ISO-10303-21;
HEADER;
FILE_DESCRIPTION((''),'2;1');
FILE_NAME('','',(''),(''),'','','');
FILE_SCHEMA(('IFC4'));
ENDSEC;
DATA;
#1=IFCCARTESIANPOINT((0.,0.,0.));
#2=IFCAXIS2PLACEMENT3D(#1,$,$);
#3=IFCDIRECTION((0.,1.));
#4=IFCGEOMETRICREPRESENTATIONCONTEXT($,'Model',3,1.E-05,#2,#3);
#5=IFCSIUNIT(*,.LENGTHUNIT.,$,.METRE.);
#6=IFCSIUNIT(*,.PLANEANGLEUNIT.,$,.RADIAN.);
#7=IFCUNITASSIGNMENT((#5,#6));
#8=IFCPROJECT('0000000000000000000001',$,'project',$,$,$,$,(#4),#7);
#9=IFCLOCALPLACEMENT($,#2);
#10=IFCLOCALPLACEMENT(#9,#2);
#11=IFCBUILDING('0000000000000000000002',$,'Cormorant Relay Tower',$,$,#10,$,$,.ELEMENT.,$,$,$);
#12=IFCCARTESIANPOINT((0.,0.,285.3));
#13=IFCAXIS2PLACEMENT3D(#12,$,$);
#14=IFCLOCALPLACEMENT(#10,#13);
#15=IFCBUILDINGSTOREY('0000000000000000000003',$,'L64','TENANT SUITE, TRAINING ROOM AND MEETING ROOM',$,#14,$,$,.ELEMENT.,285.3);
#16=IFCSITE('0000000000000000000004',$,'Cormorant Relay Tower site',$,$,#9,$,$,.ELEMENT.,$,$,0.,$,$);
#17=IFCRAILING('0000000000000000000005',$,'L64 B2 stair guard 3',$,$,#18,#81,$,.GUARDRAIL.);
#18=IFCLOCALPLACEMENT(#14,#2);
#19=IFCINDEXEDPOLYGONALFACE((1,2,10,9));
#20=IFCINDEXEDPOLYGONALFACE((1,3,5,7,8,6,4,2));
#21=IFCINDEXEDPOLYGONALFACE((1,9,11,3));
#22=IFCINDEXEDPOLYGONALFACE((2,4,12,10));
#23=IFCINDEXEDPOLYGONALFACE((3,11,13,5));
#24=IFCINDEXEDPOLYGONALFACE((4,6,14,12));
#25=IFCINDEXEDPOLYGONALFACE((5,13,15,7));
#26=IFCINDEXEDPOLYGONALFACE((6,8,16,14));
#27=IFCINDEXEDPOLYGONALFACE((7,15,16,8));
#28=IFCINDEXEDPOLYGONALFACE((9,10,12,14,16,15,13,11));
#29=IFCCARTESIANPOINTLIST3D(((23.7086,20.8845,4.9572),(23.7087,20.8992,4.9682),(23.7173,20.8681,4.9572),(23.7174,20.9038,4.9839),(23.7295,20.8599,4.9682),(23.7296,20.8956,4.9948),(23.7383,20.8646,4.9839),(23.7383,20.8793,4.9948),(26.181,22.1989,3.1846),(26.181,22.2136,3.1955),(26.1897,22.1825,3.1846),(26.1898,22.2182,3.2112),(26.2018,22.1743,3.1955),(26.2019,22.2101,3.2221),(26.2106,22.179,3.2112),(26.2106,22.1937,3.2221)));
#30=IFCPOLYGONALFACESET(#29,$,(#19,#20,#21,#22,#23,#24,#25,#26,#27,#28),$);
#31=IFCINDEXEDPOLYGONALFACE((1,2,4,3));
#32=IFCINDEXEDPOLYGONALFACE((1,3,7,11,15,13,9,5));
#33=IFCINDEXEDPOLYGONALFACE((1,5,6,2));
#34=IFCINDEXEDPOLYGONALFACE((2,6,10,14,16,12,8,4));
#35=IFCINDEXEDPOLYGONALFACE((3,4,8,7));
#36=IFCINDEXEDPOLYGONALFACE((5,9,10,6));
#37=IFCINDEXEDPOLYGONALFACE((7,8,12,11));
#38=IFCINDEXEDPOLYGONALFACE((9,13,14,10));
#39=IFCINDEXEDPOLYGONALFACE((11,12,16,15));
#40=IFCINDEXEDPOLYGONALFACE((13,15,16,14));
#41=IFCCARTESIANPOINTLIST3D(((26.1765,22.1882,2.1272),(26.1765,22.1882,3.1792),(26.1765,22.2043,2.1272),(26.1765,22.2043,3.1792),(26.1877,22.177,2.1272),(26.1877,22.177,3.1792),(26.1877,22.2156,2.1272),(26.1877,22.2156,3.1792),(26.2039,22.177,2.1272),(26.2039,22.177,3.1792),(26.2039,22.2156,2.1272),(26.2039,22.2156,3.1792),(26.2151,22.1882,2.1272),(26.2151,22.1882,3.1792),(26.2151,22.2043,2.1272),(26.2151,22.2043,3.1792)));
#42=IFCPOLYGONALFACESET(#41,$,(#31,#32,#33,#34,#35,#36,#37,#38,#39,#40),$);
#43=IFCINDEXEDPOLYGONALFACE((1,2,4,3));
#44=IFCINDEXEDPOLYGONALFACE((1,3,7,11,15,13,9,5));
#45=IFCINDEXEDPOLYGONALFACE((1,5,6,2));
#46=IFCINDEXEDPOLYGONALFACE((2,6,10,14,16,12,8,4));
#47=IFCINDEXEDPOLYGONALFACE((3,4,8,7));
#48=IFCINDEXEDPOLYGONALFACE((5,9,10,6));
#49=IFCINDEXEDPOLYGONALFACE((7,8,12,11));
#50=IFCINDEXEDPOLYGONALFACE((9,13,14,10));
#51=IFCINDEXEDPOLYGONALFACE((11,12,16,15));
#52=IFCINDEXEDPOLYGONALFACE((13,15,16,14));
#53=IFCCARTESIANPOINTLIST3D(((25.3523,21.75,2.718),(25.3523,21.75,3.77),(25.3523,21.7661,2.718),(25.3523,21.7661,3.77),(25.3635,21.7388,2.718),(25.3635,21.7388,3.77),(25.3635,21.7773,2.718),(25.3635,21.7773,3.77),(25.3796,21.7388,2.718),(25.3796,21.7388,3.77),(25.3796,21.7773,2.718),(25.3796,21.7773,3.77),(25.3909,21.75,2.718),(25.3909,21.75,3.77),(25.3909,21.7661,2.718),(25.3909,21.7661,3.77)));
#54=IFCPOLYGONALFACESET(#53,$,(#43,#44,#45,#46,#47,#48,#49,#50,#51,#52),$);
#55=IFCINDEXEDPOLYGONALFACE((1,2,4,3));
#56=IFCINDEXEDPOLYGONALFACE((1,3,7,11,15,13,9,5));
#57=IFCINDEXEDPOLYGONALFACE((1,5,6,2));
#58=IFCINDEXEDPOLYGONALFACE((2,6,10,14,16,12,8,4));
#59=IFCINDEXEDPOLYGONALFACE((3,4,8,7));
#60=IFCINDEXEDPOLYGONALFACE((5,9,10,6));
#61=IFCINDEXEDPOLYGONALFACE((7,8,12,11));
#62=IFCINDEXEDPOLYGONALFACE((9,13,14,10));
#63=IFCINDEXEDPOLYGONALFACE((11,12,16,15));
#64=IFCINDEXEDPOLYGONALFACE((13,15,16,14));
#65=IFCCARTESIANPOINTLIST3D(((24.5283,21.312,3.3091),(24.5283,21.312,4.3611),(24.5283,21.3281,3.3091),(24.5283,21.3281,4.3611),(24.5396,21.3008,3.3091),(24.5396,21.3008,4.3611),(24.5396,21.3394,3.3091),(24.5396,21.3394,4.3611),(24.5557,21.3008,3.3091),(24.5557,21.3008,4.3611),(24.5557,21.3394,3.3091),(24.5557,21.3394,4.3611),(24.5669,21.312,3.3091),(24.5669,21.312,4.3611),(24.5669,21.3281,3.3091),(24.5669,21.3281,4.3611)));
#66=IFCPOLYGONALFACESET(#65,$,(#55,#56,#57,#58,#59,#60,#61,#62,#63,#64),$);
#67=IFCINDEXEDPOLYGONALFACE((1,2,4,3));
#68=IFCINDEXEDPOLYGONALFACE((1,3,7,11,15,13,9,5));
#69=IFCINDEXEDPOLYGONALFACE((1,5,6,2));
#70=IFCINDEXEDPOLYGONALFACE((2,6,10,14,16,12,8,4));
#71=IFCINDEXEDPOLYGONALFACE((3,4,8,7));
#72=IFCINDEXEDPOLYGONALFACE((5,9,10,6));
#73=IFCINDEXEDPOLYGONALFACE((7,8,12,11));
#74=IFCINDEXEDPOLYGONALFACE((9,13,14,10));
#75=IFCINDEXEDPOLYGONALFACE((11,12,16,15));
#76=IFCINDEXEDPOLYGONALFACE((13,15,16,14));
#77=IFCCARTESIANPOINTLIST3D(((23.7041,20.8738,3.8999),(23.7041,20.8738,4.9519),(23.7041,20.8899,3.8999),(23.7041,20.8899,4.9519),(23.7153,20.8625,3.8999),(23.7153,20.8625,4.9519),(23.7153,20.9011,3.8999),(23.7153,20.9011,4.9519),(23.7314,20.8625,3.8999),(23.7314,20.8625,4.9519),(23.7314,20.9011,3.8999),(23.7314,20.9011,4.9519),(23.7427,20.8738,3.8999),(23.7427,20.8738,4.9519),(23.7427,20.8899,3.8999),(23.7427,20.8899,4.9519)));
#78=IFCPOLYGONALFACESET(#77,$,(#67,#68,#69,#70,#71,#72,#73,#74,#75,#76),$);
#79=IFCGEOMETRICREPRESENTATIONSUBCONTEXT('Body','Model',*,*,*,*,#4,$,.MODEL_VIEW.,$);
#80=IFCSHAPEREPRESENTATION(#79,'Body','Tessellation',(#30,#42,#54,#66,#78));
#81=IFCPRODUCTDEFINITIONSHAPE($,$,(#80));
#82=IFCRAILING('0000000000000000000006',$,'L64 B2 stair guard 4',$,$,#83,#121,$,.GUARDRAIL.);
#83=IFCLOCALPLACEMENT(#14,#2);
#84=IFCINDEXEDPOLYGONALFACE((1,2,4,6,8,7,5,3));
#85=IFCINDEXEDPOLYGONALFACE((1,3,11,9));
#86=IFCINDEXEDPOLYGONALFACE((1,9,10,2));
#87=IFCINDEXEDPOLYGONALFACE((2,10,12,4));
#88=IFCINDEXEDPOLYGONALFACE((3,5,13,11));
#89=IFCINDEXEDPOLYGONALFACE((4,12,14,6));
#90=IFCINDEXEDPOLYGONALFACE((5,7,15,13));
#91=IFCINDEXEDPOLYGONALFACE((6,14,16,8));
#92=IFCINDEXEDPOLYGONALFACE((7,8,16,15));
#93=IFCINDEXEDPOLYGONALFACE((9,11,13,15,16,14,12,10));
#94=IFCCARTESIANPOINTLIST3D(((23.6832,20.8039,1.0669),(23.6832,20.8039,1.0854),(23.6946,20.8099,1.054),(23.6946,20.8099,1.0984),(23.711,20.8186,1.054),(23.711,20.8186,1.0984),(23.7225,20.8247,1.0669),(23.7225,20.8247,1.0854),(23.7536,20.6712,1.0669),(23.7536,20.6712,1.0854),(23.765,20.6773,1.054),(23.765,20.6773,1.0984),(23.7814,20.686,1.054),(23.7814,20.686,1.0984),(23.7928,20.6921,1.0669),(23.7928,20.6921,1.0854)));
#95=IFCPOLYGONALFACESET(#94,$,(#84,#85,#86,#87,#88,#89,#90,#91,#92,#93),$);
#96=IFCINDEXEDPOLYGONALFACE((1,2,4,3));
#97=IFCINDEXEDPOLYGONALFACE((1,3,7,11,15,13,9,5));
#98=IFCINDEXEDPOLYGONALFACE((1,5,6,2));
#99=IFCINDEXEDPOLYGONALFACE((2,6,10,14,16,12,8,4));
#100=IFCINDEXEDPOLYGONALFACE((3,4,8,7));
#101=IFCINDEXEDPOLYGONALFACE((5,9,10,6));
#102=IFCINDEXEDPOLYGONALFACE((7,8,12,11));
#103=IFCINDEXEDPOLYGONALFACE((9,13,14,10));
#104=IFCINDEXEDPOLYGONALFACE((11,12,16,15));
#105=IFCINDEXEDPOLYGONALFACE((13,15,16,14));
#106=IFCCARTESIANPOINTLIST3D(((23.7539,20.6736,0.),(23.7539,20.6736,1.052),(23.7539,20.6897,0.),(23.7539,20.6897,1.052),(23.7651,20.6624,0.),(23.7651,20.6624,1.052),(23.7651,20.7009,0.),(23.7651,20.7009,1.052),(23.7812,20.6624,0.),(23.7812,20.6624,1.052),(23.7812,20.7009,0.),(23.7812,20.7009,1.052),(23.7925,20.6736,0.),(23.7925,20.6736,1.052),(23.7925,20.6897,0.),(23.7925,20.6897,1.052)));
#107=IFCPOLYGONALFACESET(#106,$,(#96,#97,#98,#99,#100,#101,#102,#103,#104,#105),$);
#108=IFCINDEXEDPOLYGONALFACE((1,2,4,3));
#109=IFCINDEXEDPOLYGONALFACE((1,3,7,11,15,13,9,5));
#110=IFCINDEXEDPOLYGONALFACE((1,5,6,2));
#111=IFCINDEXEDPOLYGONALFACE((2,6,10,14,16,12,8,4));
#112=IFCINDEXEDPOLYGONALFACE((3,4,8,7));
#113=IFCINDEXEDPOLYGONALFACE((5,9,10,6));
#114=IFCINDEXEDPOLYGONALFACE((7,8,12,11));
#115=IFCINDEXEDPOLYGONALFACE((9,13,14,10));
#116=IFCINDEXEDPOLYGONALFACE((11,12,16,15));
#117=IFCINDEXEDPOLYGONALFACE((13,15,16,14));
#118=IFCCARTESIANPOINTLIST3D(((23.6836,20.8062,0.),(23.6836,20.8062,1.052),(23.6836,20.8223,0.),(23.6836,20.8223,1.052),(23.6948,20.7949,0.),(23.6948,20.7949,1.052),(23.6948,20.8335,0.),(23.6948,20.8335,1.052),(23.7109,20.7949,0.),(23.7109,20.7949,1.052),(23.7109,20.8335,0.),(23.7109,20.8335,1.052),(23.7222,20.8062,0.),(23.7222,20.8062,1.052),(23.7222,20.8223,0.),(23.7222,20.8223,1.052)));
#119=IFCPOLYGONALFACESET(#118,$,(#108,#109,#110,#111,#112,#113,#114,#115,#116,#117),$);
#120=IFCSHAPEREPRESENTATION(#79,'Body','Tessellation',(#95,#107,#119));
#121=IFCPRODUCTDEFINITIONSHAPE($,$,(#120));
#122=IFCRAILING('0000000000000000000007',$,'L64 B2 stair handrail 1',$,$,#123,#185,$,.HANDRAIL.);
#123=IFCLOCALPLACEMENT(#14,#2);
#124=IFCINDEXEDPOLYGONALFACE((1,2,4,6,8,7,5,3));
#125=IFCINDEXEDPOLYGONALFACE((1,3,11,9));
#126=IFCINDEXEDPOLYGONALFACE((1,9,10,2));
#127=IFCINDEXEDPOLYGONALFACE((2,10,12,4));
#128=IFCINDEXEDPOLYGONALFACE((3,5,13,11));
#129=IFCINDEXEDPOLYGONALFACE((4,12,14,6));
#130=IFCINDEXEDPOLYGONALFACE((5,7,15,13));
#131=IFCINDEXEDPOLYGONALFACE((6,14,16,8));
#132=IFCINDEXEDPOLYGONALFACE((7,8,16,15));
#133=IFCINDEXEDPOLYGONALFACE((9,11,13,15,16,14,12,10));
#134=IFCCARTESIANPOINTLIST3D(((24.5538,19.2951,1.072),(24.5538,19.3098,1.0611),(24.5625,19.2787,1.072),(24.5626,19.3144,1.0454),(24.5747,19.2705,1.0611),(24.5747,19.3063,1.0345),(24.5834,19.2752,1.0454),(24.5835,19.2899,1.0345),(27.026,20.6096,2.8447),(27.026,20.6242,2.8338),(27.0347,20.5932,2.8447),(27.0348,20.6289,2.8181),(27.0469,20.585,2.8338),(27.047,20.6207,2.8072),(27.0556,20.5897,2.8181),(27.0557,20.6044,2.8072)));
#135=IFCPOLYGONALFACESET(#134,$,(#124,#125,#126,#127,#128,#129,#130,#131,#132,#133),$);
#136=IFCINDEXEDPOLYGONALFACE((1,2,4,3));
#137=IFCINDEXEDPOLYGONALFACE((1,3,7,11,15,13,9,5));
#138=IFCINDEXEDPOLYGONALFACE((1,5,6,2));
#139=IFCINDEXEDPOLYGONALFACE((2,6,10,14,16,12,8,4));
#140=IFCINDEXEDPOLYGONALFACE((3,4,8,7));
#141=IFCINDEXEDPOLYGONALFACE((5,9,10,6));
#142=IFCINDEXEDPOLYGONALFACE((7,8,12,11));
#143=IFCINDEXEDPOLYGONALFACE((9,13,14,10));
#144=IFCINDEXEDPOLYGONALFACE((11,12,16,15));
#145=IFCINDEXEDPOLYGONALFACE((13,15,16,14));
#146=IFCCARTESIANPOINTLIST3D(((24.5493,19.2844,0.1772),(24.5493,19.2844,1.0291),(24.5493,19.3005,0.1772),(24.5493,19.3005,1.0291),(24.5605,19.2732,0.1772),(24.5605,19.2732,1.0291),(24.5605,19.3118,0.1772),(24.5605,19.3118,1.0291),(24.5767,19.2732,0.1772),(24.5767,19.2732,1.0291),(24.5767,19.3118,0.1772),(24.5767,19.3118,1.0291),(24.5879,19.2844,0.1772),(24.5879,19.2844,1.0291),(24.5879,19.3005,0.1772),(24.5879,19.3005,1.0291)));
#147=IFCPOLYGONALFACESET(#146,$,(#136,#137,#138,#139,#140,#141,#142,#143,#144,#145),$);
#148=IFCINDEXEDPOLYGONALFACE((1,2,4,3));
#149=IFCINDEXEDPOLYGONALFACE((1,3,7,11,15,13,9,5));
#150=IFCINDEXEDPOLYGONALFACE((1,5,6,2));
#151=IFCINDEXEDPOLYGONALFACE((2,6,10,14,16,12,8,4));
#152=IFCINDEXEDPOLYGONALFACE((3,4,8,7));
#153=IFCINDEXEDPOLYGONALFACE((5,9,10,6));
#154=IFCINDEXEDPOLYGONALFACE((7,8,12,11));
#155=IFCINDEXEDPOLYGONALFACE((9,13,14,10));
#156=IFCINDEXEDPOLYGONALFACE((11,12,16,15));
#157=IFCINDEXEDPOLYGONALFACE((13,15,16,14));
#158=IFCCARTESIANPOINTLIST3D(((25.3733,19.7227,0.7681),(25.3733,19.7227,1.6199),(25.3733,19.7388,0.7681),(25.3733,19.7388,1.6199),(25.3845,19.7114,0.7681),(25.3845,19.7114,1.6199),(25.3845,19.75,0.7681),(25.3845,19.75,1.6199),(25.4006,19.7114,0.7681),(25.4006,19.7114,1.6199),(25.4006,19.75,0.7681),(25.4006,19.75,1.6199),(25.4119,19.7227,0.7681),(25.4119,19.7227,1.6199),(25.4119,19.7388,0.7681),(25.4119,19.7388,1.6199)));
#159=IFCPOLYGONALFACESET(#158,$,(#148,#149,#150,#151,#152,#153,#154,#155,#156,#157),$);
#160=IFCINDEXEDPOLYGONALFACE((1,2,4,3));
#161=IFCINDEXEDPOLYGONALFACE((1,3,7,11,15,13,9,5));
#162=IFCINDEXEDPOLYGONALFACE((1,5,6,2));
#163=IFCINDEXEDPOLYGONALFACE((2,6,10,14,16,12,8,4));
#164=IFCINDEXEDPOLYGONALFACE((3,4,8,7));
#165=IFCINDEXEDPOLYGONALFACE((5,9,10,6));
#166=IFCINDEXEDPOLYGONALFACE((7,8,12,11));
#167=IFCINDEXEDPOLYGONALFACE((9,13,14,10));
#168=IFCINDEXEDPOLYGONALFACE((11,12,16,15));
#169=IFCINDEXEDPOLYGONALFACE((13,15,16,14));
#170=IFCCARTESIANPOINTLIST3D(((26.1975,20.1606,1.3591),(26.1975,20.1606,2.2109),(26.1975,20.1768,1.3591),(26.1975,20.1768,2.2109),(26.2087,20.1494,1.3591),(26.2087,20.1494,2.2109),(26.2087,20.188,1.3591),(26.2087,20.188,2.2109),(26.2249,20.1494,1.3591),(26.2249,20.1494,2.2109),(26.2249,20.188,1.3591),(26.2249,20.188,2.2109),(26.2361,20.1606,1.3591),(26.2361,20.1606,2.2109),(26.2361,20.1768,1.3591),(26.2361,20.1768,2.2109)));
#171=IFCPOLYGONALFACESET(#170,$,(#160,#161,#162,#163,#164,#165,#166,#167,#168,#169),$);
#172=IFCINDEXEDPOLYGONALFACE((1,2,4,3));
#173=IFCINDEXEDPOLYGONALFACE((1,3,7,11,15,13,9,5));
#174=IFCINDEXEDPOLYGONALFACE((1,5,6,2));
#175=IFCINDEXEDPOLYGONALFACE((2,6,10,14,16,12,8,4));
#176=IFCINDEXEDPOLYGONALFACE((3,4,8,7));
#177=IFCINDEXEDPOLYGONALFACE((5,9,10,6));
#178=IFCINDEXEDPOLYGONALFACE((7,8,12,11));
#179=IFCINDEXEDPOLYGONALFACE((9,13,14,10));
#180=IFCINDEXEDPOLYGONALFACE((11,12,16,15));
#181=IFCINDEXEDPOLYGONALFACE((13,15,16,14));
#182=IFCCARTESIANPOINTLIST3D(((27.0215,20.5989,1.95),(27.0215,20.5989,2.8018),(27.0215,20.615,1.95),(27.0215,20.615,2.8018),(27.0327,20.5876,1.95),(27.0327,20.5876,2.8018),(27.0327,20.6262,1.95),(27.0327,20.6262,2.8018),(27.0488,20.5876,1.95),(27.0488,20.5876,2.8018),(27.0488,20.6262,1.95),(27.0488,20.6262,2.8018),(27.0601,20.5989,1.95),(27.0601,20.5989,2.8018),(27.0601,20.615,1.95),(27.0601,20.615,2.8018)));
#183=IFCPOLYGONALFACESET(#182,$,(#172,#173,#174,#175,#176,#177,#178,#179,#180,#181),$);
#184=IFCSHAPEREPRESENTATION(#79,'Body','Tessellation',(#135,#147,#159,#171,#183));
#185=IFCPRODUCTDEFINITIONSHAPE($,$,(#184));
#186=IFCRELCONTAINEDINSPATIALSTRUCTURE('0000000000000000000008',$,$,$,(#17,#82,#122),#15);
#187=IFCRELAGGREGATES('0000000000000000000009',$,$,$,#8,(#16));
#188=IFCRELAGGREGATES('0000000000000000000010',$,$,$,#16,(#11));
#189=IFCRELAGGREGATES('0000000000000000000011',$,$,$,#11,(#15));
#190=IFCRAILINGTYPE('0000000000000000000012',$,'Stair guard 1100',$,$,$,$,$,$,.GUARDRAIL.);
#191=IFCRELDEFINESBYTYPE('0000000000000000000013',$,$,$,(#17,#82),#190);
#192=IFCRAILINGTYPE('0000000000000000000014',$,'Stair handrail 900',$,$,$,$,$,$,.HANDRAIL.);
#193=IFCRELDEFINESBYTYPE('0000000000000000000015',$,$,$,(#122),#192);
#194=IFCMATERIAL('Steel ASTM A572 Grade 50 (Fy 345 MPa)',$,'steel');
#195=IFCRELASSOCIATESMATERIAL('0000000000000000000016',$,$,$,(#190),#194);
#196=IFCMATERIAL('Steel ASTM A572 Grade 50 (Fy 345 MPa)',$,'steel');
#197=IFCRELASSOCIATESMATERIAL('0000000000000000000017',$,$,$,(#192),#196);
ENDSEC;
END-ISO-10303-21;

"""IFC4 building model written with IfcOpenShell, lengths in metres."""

from ifc_helpers import new_model, si_unit, direction, frame, origin, place, context, subcontext, project, spatial, polyline, outline, extrude, material, type_object, element, save


model = new_model("IFC4")

# Units and contexts
model_context = context("Model", 3, precision=1e-05, world=origin(), true_north=direction((0.0, 1.0)))
body_context = subcontext(model_context, "Body", "Model", "MODEL_VIEW")
ifc_project = project(units=[si_unit("LENGTHUNIT", "METRE"), si_unit("PLANEANGLEUNIT", "RADIAN")], contexts=[model_context])

# Site, building, storey
site_placement = place(None, origin())
site = spatial("IfcSite", under=ifc_project, at=site_placement, Name="Cormorant Relay Tower site", CompositionType="ELEMENT", RefElevation=0.0)
building_placement = place(site_placement, origin())
building = spatial("IfcBuilding", under=site, at=building_placement, Name="Cormorant Relay Tower", CompositionType="ELEMENT")
storey_placement = place(building_placement, frame((0.0, 0.0, 285.3)))
storey = spatial("IfcBuildingStorey", under=building, at=storey_placement, Name="L64", Description="TENANT SUITE, TRAINING ROOM AND MEETING ROOM", CompositionType="ELEMENT", Elevation=285.3)

# Railings
ifc_material_1 = material(Name="Steel ASTM A572 Grade 50 (Fy 345 MPa)", Category="steel")
railing_type_1 = type_object("IfcRailingType", Name="Stair guard 1100", PredefinedType="GUARDRAIL", material=ifc_material_1)
railing_1_placement = place(storey_placement, frame((26.1958, 22.1963, 2.1272)))
element("IfcRailing", 1, at=railing_1_placement, inside=storey, type_object=railing_type_1, Name="L64 B2 stair guard 3", PredefinedType="GUARDRAIL", context=body_context, shape_type="SweptSolid", body=[
    extrude(outline(polyline([(0.0222, 0.0093), (0.0093, 0.0222), (-0.0093, 0.0222), (-0.0222, 0.0093), (-0.0222, -0.0093), (-0.0093, -0.0222), (0.0093, -0.0222), (0.0222, -0.0093), (0.0222, 0.0093)])), frame((0.0, 0.0, 1.0762), z_axis=(-0.746034, -0.396627, 0.534902), x_axis=(0.469429, -0.88297, 0.0)), (0.0, 0.0, 1.0), 3.314),
    extrude(outline(polyline([(0.0193, 0.0081), (0.0081, 0.0193), (-0.0081, 0.0193), (-0.0193, 0.0081), (-0.0193, -0.0081), (-0.0081, -0.0193), (0.0081, -0.0193), (0.0193, -0.0081), (0.0193, 0.0081)])), origin(), (0.0, 0.0, 1.0), 1.052),
    extrude(outline(polyline([(0.0193, 0.0081), (0.0081, 0.0193), (-0.0081, 0.0193), (-0.0193, 0.0081), (-0.0193, -0.0081), (-0.0081, -0.0193), (0.0081, -0.0193), (0.0193, -0.0081), (0.0193, 0.0081)])), frame((-0.8242, -0.4382, 0.5908)), (0.0, 0.0, 1.0), 1.052),
    extrude(outline(polyline([(0.0193, 0.0081), (0.0081, 0.0193), (-0.0081, 0.0193), (-0.0193, 0.0081), (-0.0193, -0.0081), (-0.0081, -0.0193), (0.0081, -0.0193), (0.0193, -0.0081), (0.0193, 0.0081)])), frame((-1.6482, -0.8762, 1.1819)), (0.0, 0.0, 1.0), 1.052),
    extrude(outline(polyline([(0.0193, 0.0081), (0.0081, 0.0193), (-0.0081, 0.0193), (-0.0193, 0.0081), (-0.0193, -0.0081), (-0.0081, -0.0193), (0.0081, -0.0193), (0.0193, -0.0081), (0.0193, 0.0081)])), frame((-2.4724, -1.3145, 1.7727)), (0.0, 0.0, 1.0), 1.052),
])
railing_2_placement = place(storey_placement, frame((23.7732, 20.6816, 0.0)))
element("IfcRailing", 2, at=railing_2_placement, inside=storey, type_object=railing_type_1, Name="L64 B2 stair guard 4", PredefinedType="GUARDRAIL", context=body_context, shape_type="SweptSolid", body=[
    extrude(outline(polyline([(0.0222, 0.0093), (0.0093, 0.0222), (-0.0093, 0.0222), (-0.0222, 0.0093), (-0.0222, -0.0093), (-0.0093, -0.0222), (0.0093, -0.0222), (0.0222, -0.0093), (0.0222, 0.0093)])), frame((0.0, 0.0, 1.0762), z_axis=(-0.46856, 0.883431, 0.0), x_axis=(-0.883431, -0.46856, 0.0)), (0.0, 0.0, 1.0), 0.1501),
    extrude(outline(polyline([(0.0193, 0.0081), (0.0081, 0.0193), (-0.0081, 0.0193), (-0.0193, 0.0081), (-0.0193, -0.0081), (-0.0081, -0.0193), (0.0081, -0.0193), (0.0193, -0.0081), (0.0193, 0.0081)])), origin(), (0.0, 0.0, 1.0), 1.052),
    extrude(outline(polyline([(0.0193, 0.0081), (0.0081, 0.0193), (-0.0081, 0.0193), (-0.0193, 0.0081), (-0.0193, -0.0081), (-0.0081, -0.0193), (0.0081, -0.0193), (0.0193, -0.0081), (0.0193, 0.0081)])), frame((-0.0703, 0.1326, 0.0)), (0.0, 0.0, 1.0), 1.052),
])
ifc_material_2 = material(Name="Steel ASTM A572 Grade 50 (Fy 345 MPa)", Category="steel")
railing_type_2 = type_object("IfcRailingType", Name="Stair handrail 900", PredefinedType="HANDRAIL", material=ifc_material_2)
railing_3_placement = place(storey_placement, frame((24.5686, 19.2925, 0.1772)))
element("IfcRailing", 3, at=railing_3_placement, inside=storey, type_object=railing_type_2, Name="L64 B2 stair handrail 1", PredefinedType="HANDRAIL", context=body_context, shape_type="SweptSolid", body=[
    extrude(outline(polyline([(0.0222, 0.0093), (0.0093, 0.0222), (-0.0093, 0.0222), (-0.0222, 0.0093), (-0.0222, -0.0093), (-0.0093, -0.0222), (0.0093, -0.0222), (0.0222, -0.0093), (0.0222, 0.0093)])), frame((0.0, 0.0, 0.876), z_axis=(0.746001, 0.396649, 0.534931), x_axis=(-0.469465, 0.882951, 0.0)), (0.0, 0.0, 1.0), 3.314),
    extrude(outline(polyline([(0.0193, 0.0081), (0.0081, 0.0193), (-0.0081, 0.0193), (-0.0193, 0.0081), (-0.0193, -0.0081), (-0.0081, -0.0193), (0.0081, -0.0193), (0.0193, -0.0081), (0.0193, 0.0081)])), origin(), (0.0, 0.0, 1.0), 0.8518),
    extrude(outline(polyline([(0.0193, 0.0081), (0.0081, 0.0193), (-0.0081, 0.0193), (-0.0193, 0.0081), (-0.0193, -0.0081), (-0.0081, -0.0193), (0.0081, -0.0193), (0.0193, -0.0081), (0.0193, 0.0081)])), frame((0.824, 0.4382, 0.5908)), (0.0, 0.0, 1.0), 0.8518),
    extrude(outline(polyline([(0.0193, 0.0081), (0.0081, 0.0193), (-0.0081, 0.0193), (-0.0193, 0.0081), (-0.0193, -0.0081), (-0.0081, -0.0193), (0.0081, -0.0193), (0.0193, -0.0081), (0.0193, 0.0081)])), frame((1.6482, 0.8762, 1.1819)), (0.0, 0.0, 1.0), 0.8518),
    extrude(outline(polyline([(0.0193, 0.0081), (0.0081, 0.0193), (-0.0081, 0.0193), (-0.0193, 0.0081), (-0.0193, -0.0081), (-0.0081, -0.0193), (0.0081, -0.0193), (0.0193, -0.0081), (0.0193, 0.0081)])), frame((2.4722, 1.3145, 1.7727)), (0.0, 0.0, 1.0), 0.8518),
])

save(model, "model.ifc")
